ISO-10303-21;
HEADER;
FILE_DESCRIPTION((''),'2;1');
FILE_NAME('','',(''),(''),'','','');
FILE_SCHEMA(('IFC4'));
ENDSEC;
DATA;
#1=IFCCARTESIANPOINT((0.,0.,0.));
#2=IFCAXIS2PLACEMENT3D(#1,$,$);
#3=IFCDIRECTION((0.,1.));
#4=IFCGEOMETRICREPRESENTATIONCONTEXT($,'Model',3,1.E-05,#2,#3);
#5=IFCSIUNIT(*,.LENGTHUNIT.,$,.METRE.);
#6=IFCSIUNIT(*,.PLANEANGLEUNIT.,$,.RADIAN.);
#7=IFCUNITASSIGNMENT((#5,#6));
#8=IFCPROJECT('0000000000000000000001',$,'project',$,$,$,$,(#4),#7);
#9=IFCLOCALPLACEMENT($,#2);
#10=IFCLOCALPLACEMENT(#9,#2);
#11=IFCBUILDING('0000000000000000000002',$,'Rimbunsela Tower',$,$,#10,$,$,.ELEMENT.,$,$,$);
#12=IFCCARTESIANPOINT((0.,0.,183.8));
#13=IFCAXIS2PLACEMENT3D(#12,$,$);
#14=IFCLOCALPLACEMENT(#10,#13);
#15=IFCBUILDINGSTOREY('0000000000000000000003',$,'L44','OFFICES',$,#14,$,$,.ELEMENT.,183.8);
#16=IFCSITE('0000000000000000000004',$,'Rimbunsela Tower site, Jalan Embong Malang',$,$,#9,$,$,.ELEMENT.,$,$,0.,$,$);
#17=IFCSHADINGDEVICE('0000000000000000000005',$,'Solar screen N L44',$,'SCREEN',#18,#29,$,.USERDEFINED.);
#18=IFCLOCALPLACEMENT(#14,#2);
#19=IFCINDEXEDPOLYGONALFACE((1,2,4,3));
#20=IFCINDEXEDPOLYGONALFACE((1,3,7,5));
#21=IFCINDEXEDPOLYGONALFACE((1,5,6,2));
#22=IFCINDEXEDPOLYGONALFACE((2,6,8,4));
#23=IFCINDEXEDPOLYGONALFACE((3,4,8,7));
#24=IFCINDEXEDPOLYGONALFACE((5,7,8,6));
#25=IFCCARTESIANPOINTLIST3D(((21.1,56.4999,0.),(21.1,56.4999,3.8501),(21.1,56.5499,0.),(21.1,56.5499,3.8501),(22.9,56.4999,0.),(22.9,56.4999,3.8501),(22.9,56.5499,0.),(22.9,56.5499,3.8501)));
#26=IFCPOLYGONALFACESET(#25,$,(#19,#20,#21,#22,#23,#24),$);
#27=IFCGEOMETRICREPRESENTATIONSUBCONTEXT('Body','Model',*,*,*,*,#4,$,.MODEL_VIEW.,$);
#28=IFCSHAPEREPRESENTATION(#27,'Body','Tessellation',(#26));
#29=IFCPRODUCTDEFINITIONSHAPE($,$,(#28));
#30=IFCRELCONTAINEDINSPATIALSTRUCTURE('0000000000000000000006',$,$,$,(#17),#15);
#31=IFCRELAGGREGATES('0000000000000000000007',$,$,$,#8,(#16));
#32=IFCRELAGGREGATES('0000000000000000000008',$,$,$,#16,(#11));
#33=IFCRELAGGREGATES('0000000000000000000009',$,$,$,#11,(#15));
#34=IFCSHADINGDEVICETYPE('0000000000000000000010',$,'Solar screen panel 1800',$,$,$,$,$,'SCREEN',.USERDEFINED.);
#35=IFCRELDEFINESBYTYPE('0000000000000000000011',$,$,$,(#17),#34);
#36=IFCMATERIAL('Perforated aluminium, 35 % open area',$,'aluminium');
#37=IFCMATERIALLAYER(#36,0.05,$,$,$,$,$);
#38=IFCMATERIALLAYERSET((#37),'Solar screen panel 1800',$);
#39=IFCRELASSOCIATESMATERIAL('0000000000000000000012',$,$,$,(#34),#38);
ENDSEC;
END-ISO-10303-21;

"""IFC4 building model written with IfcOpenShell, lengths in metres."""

from ifc_helpers import new_model, si_unit, direction, frame, origin, origin_2d, place, context, subcontext, project, spatial, rectangle, extrude, material, layer, layer_set, type_object, element, save


model = new_model("IFC4")

# Units and contexts
model_context = context("Model", 3, precision=1e-05, world=origin(), true_north=direction((0.0, 1.0)))
body_context = subcontext(model_context, "Body", "Model", "MODEL_VIEW")
ifc_project = project(units=[si_unit("LENGTHUNIT", "METRE"), si_unit("PLANEANGLEUNIT", "RADIAN")], contexts=[model_context])

# Site, building, storey
site_placement = place(None, origin())
site = spatial("IfcSite", under=ifc_project, at=site_placement, Name="Rimbunsela Tower site, Jalan Embong Malang", CompositionType="ELEMENT", RefElevation=0.0)
building_placement = place(site_placement, origin())
building = spatial("IfcBuilding", under=site, at=building_placement, Name="Rimbunsela Tower", CompositionType="ELEMENT")
storey_placement = place(building_placement, frame((0.0, 0.0, 183.8)))
storey = spatial("IfcBuildingStorey", under=building, at=storey_placement, Name="L44", Description="OFFICES", CompositionType="ELEMENT", Elevation=183.8)

# Shading device
ifc_material_1 = material(Name="Perforated aluminium, 35 % open area", Category="aluminium")
ifc_layer_1 = layer(ifc_material_1, 0.05)
ifc_layer_set_1 = layer_set([ifc_layer_1], Name="Solar screen panel 1800")
shading_device_type = type_object("IfcShadingDeviceType", Name="Solar screen panel 1800", ElementType="SCREEN", PredefinedType="USERDEFINED", material=ifc_layer_set_1)
for number, where, z_axis, x_axis, name in (
    (1, (22.0, 56.5249, 0.0), (0.0, 0.0, 1.0), (1.0, 0.0, 0.0), "Solar screen N L44"),
):
    element("IfcShadingDevice", number, at=place(storey_placement, frame(where, z_axis=z_axis, x_axis=x_axis)), inside=storey, type_object=shading_device_type, Name=name, ObjectType="SCREEN", PredefinedType="USERDEFINED", context=body_context, shape_type="SweptSolid", body=[
        extrude(rectangle(XDim=1.8, YDim=0.05, at=origin_2d()), origin(), (0.0, 0.0, 1.0), 3.8501),
    ])

save(model, "model.ifc")
